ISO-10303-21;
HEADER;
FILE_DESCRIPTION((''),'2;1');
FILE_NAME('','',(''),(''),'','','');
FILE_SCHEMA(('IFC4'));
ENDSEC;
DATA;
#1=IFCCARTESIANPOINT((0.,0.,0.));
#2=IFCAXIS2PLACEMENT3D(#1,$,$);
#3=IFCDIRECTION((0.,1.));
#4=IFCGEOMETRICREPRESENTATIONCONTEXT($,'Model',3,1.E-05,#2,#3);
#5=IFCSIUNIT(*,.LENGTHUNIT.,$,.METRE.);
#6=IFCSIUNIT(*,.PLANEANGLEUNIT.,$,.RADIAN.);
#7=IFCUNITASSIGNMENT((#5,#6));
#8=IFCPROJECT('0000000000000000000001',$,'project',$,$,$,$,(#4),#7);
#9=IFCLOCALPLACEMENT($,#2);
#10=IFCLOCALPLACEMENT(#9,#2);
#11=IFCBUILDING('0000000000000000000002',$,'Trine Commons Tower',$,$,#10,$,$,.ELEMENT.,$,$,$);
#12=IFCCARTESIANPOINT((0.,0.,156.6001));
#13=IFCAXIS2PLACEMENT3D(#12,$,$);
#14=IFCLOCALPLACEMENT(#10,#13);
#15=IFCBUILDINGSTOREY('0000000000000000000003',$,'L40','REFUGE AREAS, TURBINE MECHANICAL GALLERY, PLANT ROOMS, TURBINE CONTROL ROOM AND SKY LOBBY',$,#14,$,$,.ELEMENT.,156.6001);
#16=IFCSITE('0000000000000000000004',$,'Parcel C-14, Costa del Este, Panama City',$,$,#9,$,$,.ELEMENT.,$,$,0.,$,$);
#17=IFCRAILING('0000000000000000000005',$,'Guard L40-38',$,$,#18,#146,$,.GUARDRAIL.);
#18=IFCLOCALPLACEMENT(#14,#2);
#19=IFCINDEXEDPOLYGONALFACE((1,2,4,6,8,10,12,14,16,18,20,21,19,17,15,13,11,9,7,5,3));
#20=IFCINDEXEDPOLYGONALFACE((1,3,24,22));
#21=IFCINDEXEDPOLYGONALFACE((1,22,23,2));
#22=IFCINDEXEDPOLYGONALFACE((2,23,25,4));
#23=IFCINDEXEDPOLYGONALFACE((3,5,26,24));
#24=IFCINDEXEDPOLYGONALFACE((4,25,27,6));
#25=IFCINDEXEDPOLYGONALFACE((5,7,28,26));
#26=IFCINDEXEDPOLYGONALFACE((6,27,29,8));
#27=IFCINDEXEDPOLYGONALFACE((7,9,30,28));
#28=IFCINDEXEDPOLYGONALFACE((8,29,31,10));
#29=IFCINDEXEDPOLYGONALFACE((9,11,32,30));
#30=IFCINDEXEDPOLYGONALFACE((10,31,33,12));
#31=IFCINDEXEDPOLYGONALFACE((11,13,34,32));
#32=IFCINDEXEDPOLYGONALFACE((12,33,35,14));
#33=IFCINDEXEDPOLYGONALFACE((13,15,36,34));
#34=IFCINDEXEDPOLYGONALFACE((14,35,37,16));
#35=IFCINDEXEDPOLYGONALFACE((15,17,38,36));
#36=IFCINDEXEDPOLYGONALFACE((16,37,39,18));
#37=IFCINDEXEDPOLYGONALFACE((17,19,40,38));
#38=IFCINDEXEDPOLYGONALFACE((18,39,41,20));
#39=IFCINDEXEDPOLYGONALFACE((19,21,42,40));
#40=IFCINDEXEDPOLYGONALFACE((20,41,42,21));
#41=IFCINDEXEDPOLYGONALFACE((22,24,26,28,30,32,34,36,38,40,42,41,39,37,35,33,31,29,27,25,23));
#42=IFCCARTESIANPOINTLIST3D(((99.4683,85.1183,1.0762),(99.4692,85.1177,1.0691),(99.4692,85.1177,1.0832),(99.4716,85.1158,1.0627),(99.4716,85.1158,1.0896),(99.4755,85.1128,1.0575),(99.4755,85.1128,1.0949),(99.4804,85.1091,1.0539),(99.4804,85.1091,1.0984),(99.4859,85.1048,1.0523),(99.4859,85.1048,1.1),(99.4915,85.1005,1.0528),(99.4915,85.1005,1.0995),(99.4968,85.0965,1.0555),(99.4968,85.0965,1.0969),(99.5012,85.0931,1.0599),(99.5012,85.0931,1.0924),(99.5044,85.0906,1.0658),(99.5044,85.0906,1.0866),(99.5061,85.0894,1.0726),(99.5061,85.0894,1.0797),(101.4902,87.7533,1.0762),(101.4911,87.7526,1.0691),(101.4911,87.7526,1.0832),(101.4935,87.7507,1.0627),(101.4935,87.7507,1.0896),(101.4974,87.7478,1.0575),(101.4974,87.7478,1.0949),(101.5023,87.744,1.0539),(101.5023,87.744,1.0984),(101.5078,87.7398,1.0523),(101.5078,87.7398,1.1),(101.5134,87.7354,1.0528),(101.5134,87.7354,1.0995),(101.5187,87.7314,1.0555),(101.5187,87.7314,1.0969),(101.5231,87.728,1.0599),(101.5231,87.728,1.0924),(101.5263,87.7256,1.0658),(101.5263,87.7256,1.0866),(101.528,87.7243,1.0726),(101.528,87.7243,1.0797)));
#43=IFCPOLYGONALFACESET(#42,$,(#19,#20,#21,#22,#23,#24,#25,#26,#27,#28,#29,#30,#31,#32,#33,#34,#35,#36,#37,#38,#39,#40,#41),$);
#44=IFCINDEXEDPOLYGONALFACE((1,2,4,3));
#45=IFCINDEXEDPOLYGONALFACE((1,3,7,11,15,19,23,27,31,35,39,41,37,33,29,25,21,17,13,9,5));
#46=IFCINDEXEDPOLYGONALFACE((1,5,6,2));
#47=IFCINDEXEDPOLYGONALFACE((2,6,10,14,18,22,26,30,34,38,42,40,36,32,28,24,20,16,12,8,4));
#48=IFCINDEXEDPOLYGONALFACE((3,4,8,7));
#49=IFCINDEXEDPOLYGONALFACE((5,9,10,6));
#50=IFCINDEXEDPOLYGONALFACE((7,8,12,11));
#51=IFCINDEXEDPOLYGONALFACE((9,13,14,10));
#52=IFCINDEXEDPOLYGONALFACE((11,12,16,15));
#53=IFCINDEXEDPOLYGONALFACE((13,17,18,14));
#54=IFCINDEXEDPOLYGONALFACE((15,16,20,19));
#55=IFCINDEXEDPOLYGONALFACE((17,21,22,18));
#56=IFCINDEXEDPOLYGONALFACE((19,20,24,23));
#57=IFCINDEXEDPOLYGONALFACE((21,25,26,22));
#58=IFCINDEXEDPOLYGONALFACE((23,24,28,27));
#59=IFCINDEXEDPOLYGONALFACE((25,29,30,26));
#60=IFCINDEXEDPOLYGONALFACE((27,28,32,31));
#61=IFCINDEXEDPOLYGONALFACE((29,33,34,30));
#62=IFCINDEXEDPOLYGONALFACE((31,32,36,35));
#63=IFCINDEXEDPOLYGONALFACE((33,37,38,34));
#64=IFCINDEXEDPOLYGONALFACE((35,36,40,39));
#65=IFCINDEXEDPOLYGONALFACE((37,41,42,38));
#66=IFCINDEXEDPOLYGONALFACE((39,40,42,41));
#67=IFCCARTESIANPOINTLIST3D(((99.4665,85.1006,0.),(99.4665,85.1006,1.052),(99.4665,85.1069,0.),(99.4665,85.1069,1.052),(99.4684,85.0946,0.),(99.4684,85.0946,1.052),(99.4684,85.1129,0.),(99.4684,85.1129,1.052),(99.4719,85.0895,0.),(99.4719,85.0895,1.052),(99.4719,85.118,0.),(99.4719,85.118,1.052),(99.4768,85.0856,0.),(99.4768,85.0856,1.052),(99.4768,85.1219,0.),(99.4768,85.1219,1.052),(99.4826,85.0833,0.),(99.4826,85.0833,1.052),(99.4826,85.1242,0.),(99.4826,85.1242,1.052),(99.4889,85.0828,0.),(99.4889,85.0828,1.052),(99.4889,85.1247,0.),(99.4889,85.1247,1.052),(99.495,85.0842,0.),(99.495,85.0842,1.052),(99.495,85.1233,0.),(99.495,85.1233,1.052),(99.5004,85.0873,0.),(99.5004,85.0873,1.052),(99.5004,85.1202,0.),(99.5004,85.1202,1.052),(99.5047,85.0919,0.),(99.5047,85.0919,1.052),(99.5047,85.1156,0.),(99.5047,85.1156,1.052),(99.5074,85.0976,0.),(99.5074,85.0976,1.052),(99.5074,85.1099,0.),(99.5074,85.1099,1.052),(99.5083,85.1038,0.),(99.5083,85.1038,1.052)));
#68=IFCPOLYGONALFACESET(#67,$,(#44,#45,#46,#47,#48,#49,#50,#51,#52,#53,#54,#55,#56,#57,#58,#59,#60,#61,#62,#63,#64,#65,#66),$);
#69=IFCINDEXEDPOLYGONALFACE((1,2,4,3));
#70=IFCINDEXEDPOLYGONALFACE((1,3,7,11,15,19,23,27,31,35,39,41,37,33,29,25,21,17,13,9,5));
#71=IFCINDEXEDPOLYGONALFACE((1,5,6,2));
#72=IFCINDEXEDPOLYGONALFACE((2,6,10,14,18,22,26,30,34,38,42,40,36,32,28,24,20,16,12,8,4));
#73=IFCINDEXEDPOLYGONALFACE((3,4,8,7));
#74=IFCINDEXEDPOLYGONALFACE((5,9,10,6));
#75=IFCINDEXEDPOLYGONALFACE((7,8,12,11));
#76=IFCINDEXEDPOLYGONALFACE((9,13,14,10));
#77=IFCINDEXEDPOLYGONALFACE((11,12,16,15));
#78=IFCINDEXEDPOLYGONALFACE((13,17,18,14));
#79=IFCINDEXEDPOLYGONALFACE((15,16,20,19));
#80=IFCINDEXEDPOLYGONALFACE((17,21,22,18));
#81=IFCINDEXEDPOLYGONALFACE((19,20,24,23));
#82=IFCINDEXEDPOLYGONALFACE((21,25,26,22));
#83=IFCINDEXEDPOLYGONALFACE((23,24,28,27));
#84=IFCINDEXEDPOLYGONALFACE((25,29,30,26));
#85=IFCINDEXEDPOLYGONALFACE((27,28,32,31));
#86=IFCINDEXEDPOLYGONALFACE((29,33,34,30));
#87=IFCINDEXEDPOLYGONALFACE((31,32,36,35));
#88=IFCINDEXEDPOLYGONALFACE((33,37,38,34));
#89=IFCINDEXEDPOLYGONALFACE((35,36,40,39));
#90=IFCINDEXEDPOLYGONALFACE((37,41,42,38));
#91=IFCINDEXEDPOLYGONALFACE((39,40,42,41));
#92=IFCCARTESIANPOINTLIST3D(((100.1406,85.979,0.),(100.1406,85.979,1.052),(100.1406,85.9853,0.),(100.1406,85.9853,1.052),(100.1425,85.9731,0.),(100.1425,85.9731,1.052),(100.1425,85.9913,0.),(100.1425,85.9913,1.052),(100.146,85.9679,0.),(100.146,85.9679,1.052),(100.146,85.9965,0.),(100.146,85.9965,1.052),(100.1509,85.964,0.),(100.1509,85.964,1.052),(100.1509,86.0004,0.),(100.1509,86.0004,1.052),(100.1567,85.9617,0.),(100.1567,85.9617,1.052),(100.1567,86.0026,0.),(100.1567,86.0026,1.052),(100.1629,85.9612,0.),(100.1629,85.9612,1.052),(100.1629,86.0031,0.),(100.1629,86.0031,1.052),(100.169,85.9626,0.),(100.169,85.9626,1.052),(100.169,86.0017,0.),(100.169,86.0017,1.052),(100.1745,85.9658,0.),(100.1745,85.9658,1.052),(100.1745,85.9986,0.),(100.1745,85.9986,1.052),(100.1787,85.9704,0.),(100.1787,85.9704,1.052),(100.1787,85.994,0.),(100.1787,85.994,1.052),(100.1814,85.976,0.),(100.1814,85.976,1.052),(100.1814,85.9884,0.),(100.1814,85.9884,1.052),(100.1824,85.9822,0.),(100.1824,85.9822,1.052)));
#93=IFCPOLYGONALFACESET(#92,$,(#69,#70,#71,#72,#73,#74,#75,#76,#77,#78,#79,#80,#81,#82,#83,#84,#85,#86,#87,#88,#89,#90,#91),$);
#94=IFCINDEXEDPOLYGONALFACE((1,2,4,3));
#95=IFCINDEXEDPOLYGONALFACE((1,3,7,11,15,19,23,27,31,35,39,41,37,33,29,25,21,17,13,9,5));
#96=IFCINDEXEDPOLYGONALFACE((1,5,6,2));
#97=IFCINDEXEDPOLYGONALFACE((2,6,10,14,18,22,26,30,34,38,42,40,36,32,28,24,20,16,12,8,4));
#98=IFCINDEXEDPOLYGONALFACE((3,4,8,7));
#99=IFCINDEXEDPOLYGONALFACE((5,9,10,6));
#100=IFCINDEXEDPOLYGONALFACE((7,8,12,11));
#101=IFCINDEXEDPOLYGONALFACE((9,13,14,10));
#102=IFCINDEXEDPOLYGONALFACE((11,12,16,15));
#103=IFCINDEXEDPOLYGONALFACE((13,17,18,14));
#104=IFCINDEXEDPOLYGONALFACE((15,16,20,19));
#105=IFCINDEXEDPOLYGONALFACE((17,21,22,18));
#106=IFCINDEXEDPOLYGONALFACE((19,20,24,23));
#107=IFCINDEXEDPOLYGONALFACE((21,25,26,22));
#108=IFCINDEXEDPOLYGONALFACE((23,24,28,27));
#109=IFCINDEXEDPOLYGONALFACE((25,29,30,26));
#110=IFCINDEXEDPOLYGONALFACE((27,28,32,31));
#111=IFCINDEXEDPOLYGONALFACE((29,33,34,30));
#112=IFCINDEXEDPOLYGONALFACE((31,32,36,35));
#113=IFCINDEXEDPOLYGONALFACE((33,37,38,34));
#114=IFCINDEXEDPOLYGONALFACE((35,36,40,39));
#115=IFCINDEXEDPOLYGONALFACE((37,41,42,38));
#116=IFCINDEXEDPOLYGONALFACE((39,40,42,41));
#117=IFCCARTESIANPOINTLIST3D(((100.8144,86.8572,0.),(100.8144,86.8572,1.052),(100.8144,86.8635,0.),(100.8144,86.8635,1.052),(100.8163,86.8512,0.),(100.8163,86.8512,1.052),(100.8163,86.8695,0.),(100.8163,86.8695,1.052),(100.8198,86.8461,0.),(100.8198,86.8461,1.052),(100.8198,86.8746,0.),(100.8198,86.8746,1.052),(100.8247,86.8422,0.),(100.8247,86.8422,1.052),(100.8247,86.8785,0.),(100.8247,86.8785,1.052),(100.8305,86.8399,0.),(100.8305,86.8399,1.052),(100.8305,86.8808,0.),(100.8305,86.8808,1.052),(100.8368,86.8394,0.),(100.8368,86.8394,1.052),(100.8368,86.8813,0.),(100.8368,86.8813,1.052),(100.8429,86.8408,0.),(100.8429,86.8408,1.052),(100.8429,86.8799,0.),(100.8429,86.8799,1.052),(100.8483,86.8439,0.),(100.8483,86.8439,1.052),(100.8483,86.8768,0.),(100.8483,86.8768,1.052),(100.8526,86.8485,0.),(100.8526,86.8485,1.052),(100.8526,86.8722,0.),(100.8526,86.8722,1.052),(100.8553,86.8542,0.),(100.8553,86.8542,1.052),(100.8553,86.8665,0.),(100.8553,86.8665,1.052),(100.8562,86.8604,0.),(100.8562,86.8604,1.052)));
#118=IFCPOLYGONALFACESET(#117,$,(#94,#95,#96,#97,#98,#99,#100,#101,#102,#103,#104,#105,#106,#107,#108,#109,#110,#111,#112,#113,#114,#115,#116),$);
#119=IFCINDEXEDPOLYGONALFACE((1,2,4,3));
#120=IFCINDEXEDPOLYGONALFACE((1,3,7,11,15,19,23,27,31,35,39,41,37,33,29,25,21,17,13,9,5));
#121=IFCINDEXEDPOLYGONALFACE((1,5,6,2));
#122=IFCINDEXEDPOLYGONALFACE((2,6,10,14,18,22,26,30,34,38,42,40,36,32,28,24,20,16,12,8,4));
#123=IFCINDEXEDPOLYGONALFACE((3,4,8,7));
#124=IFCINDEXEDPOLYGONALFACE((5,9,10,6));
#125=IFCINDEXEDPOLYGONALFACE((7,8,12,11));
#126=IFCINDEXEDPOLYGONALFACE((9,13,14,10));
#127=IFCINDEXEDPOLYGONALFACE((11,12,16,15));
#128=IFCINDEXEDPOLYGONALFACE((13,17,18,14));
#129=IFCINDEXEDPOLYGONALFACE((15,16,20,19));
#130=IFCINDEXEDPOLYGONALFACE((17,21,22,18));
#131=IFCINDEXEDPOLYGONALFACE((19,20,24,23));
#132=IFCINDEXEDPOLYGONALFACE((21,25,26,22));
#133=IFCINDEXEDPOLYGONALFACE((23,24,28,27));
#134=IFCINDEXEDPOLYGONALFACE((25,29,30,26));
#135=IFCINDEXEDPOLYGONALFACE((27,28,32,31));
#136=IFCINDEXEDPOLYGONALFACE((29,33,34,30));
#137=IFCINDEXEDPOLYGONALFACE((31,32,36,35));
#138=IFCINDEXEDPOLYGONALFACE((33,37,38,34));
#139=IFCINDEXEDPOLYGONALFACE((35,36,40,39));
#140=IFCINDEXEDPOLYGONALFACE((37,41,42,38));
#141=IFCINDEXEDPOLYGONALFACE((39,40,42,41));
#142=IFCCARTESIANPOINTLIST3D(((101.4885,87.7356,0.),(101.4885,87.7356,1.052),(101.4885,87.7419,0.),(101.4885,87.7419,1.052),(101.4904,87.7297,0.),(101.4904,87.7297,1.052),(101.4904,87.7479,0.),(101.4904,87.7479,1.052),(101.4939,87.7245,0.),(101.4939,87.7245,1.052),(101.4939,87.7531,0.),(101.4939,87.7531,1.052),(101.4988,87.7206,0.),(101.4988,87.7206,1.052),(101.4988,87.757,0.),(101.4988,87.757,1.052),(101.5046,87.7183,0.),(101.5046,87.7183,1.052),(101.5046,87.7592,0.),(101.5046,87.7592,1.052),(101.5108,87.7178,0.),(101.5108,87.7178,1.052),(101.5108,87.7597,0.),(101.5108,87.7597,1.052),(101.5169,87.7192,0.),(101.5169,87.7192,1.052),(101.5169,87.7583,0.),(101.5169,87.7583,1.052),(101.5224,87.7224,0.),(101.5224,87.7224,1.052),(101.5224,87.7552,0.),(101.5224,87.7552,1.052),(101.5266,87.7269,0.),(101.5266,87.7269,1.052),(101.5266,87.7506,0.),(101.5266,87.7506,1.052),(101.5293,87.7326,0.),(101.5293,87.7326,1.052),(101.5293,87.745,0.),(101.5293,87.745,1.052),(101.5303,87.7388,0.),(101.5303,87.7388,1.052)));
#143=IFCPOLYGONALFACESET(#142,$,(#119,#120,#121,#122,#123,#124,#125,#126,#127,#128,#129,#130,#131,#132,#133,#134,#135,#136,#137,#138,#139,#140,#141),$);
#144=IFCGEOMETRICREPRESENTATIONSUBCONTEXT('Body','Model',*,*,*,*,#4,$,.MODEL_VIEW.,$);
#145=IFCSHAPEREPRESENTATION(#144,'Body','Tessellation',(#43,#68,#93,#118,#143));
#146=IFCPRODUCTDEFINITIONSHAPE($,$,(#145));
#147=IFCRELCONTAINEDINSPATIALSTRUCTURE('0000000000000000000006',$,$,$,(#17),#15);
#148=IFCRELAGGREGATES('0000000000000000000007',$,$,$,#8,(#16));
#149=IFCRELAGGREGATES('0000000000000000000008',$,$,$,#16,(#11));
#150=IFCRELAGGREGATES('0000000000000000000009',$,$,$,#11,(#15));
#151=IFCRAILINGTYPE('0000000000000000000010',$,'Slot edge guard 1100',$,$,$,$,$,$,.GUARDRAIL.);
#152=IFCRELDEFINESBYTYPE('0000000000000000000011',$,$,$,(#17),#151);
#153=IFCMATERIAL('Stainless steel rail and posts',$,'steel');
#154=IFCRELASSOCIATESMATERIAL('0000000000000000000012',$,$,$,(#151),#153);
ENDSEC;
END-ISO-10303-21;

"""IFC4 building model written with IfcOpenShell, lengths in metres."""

from ifc_helpers import new_model, si_unit, direction, frame, origin, origin_2d, place, context, subcontext, project, spatial, circle, extrude, material, type_object, element, save


model = new_model("IFC4")

# Units and contexts
model_context = context("Model", 3, precision=1e-05, world=origin(), true_north=direction((0.0, 1.0)))
body_context = subcontext(model_context, "Body", "Model", "MODEL_VIEW")
ifc_project = project(units=[si_unit("LENGTHUNIT", "METRE"), si_unit("PLANEANGLEUNIT", "RADIAN")], contexts=[model_context])

# Site, building, storey
site_placement = place(None, origin())
site = spatial("IfcSite", under=ifc_project, at=site_placement, Name="Parcel C-14, Costa del Este, Panama City", CompositionType="ELEMENT", RefElevation=0.0)
building_placement = place(site_placement, origin())
building = spatial("IfcBuilding", under=site, at=building_placement, Name="Trine Commons Tower", CompositionType="ELEMENT")
storey_placement = place(building_placement, frame((0.0, 0.0, 156.6001)))
storey = spatial("IfcBuildingStorey", under=building, at=storey_placement, Name="L40", Description="REFUGE AREAS, TURBINE MECHANICAL GALLERY, PLANT ROOMS, TURBINE CONTROL ROOM AND SKY LOBBY", CompositionType="ELEMENT", Elevation=156.6001)

# Railing
ifc_material_1 = material(Name="Stainless steel rail and posts", Category="steel")
railing_type = type_object("IfcRailingType", Name="Slot edge guard 1100", PredefinedType="GUARDRAIL", material=ifc_material_1)
railing_1_placement = place(storey_placement, frame((99.4873, 85.1038, 0.0)))
element("IfcRailing", 1, at=railing_1_placement, inside=storey, type_object=railing_type, Name="Guard L40-38", PredefinedType="GUARDRAIL", context=body_context, shape_type="SweptSolid", body=[
    extrude(circle(Radius=0.0239, at=origin_2d()), frame((0.0, 0.0, 1.0762), z_axis=(0.608773, 0.793345, 0.0), x_axis=(-0.793345, 0.608773, 0.0)), (0.0, 0.0, 1.0), 3.3213),
    extrude(circle(Radius=0.021, at=origin_2d()), origin(), (0.0, 0.0, 1.0), 1.052),
    extrude(circle(Radius=0.021, at=origin_2d()), frame((0.6741, 0.8784, 0.0)), (0.0, 0.0, 1.0), 1.052),
    extrude(circle(Radius=0.021, at=origin_2d()), frame((1.3479, 1.7566, 0.0)), (0.0, 0.0, 1.0), 1.052),
    extrude(circle(Radius=0.021, at=origin_2d()), frame((2.022, 2.635, 0.0)), (0.0, 0.0, 1.0), 1.052),
])

save(model, "model.ifc")
